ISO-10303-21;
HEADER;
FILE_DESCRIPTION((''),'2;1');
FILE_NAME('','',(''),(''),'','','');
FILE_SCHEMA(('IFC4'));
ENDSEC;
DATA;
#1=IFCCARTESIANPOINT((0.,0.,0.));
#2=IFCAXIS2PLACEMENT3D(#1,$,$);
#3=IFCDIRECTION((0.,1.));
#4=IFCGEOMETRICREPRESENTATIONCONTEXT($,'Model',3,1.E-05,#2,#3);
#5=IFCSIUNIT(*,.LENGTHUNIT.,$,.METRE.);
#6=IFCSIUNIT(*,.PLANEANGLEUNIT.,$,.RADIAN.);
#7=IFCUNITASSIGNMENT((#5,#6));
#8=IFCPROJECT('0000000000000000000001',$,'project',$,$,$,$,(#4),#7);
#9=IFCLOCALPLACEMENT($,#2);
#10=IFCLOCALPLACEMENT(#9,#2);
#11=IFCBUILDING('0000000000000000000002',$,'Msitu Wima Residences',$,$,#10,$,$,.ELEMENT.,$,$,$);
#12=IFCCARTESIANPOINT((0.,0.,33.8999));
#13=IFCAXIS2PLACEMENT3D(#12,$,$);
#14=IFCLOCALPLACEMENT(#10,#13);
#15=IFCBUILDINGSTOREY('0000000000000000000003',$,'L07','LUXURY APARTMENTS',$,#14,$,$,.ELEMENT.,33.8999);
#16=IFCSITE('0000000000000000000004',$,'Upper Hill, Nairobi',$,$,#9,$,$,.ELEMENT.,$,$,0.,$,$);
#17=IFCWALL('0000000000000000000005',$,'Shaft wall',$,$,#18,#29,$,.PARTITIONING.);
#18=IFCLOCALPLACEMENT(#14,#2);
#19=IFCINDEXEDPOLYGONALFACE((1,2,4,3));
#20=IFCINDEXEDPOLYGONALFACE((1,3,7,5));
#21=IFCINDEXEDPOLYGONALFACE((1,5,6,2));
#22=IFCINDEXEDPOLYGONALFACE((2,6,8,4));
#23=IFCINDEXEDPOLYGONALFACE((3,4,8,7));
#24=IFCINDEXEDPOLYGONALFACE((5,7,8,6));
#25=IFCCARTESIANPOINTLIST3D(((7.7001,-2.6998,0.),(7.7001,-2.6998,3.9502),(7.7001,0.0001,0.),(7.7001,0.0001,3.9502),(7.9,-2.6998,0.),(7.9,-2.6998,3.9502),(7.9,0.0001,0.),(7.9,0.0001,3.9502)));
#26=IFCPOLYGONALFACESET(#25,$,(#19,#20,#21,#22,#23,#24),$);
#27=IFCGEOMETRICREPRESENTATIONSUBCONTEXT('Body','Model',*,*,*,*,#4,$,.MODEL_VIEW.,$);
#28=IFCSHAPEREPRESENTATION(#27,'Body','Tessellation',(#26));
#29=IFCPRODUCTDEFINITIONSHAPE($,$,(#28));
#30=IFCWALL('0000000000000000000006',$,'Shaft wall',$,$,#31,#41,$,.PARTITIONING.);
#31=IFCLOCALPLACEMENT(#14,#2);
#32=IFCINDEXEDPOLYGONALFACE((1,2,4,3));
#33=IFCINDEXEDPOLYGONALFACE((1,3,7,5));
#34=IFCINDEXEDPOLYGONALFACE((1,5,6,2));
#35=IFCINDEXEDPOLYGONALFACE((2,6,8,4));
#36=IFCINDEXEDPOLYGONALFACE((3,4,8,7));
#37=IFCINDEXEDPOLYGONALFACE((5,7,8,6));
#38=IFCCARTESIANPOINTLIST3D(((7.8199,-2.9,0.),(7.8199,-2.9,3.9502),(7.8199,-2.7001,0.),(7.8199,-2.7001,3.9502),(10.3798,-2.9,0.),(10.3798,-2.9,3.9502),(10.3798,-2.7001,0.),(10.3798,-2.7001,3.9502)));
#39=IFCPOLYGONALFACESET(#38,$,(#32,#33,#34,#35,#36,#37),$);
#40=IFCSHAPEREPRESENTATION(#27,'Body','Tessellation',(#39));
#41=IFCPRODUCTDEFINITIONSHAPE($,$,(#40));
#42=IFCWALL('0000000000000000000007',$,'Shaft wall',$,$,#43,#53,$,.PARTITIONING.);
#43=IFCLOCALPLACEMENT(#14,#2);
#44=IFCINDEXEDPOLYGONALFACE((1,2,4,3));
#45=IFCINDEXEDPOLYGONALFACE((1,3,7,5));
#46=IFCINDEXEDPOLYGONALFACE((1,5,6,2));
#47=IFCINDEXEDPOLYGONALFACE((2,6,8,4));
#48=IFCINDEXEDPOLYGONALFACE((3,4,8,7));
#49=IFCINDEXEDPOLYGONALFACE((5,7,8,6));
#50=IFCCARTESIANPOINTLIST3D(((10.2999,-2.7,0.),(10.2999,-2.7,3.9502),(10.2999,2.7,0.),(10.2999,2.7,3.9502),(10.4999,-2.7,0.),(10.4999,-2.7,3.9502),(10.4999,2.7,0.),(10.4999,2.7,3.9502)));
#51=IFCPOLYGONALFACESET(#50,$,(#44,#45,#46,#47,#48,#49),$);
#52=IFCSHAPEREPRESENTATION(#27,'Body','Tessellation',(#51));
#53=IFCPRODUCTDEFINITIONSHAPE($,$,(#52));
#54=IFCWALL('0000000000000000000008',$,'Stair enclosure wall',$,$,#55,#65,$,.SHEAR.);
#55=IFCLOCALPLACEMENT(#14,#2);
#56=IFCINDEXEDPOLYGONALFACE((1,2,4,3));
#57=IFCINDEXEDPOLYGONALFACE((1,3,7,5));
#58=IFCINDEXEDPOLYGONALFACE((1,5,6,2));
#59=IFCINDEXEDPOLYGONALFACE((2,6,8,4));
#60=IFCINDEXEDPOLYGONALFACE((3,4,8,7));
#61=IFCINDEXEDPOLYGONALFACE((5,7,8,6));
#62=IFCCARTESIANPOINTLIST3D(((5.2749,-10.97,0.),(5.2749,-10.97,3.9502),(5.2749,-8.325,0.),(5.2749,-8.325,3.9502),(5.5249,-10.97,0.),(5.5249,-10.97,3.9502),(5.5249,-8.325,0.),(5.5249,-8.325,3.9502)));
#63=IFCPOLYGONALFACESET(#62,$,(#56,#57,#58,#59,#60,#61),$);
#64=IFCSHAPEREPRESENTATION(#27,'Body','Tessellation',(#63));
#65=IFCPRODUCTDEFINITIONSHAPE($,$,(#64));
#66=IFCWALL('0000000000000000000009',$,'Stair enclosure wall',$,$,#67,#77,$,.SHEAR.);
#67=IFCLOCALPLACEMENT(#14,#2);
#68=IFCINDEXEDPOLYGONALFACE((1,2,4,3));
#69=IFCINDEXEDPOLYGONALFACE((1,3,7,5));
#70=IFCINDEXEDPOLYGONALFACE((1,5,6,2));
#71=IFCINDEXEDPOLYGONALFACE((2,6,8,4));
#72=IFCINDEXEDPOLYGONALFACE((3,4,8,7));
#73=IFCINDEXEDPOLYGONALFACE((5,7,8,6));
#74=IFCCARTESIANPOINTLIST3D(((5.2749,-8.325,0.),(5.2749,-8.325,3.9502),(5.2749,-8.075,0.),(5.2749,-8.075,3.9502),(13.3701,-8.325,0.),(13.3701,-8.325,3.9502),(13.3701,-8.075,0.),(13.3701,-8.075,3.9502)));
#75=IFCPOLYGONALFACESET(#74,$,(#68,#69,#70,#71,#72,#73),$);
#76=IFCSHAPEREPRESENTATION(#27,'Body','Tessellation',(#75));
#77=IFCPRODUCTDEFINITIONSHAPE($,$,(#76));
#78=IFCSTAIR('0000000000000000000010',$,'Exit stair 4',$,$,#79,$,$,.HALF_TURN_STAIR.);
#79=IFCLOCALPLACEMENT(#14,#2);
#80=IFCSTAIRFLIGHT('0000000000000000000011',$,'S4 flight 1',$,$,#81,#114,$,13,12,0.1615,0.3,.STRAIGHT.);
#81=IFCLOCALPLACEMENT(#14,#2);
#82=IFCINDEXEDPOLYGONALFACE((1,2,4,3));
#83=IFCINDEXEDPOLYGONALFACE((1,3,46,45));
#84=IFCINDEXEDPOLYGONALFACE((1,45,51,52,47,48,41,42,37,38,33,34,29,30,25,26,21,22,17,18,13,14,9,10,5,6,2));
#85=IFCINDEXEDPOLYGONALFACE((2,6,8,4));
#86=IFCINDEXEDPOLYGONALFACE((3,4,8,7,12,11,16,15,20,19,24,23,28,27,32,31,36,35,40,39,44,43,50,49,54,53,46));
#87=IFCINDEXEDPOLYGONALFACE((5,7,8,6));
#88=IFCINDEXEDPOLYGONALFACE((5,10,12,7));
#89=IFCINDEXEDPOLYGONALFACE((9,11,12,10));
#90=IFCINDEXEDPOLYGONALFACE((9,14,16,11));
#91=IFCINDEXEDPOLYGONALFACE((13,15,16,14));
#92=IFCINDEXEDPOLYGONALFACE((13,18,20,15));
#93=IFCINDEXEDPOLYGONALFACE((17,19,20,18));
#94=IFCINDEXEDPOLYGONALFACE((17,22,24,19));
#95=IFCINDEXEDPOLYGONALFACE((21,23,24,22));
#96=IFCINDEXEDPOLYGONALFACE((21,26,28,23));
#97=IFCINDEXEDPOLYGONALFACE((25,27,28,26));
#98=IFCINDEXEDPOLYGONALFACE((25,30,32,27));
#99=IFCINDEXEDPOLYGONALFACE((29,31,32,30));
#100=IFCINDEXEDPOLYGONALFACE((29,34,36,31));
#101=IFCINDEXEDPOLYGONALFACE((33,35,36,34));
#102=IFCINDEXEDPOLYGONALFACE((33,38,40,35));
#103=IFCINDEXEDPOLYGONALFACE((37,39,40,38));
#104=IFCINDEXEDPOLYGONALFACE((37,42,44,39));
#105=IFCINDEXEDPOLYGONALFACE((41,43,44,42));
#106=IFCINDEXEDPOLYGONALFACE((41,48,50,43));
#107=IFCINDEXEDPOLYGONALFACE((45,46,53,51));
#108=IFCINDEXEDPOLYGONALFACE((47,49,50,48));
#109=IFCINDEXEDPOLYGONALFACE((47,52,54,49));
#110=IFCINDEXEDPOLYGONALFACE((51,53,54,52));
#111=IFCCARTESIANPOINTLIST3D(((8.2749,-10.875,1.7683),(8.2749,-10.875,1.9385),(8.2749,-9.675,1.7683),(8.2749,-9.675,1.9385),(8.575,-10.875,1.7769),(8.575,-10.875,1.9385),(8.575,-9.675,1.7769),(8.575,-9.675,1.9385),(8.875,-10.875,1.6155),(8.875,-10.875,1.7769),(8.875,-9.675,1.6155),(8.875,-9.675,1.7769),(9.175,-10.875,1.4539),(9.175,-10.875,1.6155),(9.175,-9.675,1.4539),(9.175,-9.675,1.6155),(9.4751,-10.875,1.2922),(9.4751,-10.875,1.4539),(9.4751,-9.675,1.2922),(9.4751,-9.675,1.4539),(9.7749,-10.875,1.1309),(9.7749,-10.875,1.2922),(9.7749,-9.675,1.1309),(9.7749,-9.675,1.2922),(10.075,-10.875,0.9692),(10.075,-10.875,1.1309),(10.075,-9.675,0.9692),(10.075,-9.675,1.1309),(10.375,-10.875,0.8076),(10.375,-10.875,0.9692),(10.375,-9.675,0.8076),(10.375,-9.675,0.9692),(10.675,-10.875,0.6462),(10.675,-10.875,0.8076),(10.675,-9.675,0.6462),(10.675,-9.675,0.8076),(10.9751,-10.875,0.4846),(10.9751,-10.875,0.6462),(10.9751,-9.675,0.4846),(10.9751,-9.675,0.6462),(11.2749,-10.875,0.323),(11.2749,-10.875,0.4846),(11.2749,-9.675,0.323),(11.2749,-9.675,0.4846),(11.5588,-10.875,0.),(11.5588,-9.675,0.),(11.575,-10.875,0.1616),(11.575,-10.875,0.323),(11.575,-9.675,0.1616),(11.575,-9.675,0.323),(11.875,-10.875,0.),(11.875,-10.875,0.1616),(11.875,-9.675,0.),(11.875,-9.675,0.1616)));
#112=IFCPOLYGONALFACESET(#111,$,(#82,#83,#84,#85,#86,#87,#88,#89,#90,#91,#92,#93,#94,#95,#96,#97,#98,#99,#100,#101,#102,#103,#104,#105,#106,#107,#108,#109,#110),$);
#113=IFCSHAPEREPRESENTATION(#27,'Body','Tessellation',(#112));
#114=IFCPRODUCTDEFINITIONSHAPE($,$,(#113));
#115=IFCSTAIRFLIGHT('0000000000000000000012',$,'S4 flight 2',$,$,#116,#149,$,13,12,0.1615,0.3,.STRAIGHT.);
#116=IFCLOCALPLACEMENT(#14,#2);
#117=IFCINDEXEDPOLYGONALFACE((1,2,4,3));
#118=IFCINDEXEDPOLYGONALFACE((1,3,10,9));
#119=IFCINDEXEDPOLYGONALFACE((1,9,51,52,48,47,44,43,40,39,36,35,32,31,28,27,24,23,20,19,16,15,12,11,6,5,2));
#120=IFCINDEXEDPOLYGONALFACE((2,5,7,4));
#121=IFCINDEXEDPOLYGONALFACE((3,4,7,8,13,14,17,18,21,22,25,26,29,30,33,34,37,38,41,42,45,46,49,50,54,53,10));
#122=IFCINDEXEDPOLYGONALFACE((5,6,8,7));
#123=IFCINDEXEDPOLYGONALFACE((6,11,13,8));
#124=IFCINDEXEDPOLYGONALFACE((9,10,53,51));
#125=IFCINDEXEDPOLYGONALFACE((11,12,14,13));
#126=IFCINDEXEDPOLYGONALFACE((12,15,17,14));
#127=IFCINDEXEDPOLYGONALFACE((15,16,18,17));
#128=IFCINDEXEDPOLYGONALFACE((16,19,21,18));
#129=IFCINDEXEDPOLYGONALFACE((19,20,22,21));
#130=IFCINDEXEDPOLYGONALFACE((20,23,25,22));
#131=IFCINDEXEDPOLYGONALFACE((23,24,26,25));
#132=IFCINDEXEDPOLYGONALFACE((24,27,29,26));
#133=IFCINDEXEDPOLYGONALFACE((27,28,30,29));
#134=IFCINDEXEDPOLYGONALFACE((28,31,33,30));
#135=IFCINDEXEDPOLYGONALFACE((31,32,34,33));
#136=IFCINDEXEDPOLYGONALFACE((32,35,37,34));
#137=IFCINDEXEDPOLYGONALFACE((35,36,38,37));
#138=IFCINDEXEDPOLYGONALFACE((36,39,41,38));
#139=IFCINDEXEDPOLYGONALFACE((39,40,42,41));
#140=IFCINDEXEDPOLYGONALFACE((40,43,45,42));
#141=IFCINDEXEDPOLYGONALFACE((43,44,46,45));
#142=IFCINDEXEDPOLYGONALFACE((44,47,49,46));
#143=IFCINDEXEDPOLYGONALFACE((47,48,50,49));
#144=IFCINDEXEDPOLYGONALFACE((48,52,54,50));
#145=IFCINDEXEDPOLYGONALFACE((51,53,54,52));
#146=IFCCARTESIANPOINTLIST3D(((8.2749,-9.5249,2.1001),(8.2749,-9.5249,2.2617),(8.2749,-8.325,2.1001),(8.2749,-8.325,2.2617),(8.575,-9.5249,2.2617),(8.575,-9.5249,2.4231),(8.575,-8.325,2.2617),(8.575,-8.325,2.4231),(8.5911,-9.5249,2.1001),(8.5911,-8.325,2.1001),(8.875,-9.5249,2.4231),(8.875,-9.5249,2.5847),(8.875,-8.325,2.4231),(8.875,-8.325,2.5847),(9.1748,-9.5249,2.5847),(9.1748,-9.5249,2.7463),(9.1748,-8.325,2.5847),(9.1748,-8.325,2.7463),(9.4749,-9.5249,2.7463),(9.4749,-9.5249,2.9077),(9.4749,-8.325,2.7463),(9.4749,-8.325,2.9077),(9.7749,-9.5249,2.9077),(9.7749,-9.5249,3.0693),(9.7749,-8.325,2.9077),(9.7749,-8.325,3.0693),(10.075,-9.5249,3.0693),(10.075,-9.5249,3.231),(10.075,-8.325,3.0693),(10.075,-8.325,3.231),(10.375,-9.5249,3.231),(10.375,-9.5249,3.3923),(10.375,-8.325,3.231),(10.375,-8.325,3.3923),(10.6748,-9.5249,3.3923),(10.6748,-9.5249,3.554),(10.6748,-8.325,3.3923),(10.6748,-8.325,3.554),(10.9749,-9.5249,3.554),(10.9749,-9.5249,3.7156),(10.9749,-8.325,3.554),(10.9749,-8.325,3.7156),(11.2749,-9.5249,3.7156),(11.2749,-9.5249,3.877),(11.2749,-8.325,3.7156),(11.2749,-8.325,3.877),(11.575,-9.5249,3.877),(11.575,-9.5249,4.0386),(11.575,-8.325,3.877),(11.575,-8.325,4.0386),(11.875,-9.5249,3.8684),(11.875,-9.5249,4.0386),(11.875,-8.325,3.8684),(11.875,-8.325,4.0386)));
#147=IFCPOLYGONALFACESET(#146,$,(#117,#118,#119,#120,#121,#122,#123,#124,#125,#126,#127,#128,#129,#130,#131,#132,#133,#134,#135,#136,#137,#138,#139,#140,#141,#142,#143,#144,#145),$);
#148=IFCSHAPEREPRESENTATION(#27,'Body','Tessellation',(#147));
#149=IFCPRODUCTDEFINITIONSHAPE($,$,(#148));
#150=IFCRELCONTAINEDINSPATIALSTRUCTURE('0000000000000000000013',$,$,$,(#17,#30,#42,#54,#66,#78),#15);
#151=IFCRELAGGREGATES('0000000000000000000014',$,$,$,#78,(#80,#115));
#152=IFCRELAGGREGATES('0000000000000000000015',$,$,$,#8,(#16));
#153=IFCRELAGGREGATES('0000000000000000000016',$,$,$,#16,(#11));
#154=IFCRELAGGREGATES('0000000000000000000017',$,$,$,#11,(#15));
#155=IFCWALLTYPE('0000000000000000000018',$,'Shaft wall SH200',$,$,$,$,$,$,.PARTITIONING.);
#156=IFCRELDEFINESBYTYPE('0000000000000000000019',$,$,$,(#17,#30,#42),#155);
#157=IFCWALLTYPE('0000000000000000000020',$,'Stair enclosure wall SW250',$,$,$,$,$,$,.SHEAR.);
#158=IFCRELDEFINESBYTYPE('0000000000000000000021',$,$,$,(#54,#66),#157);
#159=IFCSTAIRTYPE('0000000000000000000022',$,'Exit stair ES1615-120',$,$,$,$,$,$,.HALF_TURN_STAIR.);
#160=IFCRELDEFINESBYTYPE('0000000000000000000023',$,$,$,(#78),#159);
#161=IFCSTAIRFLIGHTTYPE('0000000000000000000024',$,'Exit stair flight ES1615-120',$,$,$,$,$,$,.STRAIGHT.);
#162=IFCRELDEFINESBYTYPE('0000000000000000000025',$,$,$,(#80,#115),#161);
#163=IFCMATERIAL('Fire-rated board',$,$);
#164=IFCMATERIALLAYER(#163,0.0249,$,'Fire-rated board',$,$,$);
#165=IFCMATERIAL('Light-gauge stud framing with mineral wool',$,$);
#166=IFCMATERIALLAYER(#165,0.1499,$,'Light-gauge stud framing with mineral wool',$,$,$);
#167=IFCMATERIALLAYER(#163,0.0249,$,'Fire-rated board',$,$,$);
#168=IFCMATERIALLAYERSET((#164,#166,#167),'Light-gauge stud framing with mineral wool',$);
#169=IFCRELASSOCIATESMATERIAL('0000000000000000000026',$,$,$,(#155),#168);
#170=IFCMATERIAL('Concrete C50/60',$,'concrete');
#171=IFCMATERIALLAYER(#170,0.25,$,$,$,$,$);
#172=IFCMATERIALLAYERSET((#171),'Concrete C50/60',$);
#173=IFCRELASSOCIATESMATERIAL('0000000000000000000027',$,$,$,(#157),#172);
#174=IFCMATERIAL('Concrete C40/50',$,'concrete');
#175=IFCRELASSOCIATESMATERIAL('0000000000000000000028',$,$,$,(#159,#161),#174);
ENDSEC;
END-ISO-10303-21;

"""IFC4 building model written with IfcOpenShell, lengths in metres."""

from ifc_helpers import new_model, si_unit, direction, frame, frame_2d, origin, place, context, subcontext, project, spatial, polyline, rectangle, outline, extrude, material, layer, layer_set, type_object, element, aggregate, save


model = new_model("IFC4")

# Units and contexts
model_context = context("Model", 3, precision=1e-05, world=origin(), true_north=direction((0.0, 1.0)))
body_context = subcontext(model_context, "Body", "Model", "MODEL_VIEW")
ifc_project = project(units=[si_unit("LENGTHUNIT", "METRE"), si_unit("PLANEANGLEUNIT", "RADIAN")], contexts=[model_context])

# Site, building, storey
site_placement = place(None, origin())
site = spatial("IfcSite", under=ifc_project, at=site_placement, Name="Upper Hill, Nairobi", CompositionType="ELEMENT", RefElevation=0.0)
building_placement = place(site_placement, origin())
building = spatial("IfcBuilding", under=site, at=building_placement, Name="Msitu Wima Residences", CompositionType="ELEMENT")
storey_placement = place(building_placement, frame((0.0, 0.0, 33.8999)))
storey = spatial("IfcBuildingStorey", under=building, at=storey_placement, Name="L07", Description="LUXURY APARTMENTS", CompositionType="ELEMENT", Elevation=33.8999)

# Shared definitions
ifc_material_1 = material(Name="Concrete C40/50", Category="concrete")

# Walls
ifc_material_2 = material(Name="Fire-rated board")
ifc_layer_1 = layer(ifc_material_2, 0.0249, Name="Fire-rated board")
ifc_material_3 = material(Name="Light-gauge stud framing with mineral wool")
ifc_layer_2 = layer(ifc_material_3, 0.1499, Name="Light-gauge stud framing with mineral wool")
ifc_layer_3 = layer(ifc_material_2, 0.0249, Name="Fire-rated board")
ifc_layer_set_1 = layer_set([ifc_layer_1, ifc_layer_2, ifc_layer_3], Name="Light-gauge stud framing with mineral wool")
wall_type_1 = type_object("IfcWallType", Name="Shaft wall SH200", PredefinedType="PARTITIONING", material=ifc_layer_set_1)
wall_1_placement = place(storey_placement, frame((7.8, -2.7, 0.0), z_axis=(0.0, 0.0, 1.0), x_axis=(0.0, 1.0, 0.0)))
element("IfcWall", 1, at=wall_1_placement, inside=storey, type_object=wall_type_1, Name="Shaft wall", PredefinedType="PARTITIONING", context=body_context, shape_type="SweptSolid", body=[
    extrude(rectangle(XDim=2.7, YDim=0.2, at=frame_2d((1.3501, 0.0))), origin(), (0.0, 0.0, 1.0), 3.9502),
])
wall_2_placement = place(storey_placement, frame((7.8201, -2.8, 0.0), z_axis=(0.0, 0.0, 1.0), x_axis=(1.0, 0.0, 0.0)))
element("IfcWall", 2, at=wall_2_placement, inside=storey, type_object=wall_type_1, Name="Shaft wall", PredefinedType="PARTITIONING", context=body_context, shape_type="SweptSolid", body=[
    extrude(rectangle(XDim=2.5598, YDim=0.2, at=frame_2d((1.2798, 0.0))), origin(), (0.0, 0.0, 1.0), 3.9502),
])
wall_3_placement = place(storey_placement, frame((10.3999, -2.7, 0.0), z_axis=(0.0, 0.0, 1.0), x_axis=(0.0, 1.0, 0.0)))
element("IfcWall", 3, at=wall_3_placement, inside=storey, type_object=wall_type_1, Name="Shaft wall", PredefinedType="PARTITIONING", context=body_context, shape_type="SweptSolid", body=[
    extrude(rectangle(XDim=5.3999, YDim=0.2, at=frame_2d((2.7, 0.0))), origin(), (0.0, 0.0, 1.0), 3.9502),
])
ifc_material_4 = material(Name="Concrete C50/60", Category="concrete")
ifc_layer_4 = layer(ifc_material_4, 0.25)
ifc_layer_set_2 = layer_set([ifc_layer_4], Name="Concrete C50/60")
wall_type_2 = type_object("IfcWallType", Name="Stair enclosure wall SW250", PredefinedType="SHEAR", material=ifc_layer_set_2)
wall_4_placement = place(storey_placement, frame((5.3999, -10.97, 0.0), z_axis=(0.0, 0.0, 1.0), x_axis=(0.0, 1.0, 0.0)))
element("IfcWall", 4, at=wall_4_placement, inside=storey, type_object=wall_type_2, Name="Stair enclosure wall", PredefinedType="SHEAR", context=body_context, shape_type="SweptSolid", body=[
    extrude(rectangle(XDim=2.645, YDim=0.25, at=frame_2d((1.3225, 0.0))), origin(), (0.0, 0.0, 1.0), 3.9502),
])
wall_5_placement = place(storey_placement, frame((5.2749, -8.2, 0.0), z_axis=(0.0, 0.0, 1.0), x_axis=(1.0, 0.0, 0.0)))
element("IfcWall", 5, at=wall_5_placement, inside=storey, type_object=wall_type_2, Name="Stair enclosure wall", PredefinedType="SHEAR", context=body_context, shape_type="SweptSolid", body=[
    extrude(rectangle(XDim=8.0952, YDim=0.25, at=frame_2d((4.0476, 0.0))), origin(), (0.0, 0.0, 1.0), 3.9502),
])

# Stair, stair flights
stair_type = type_object("IfcStairType", Name="Exit stair ES1615-120", PredefinedType="HALF_TURN_STAIR", material=ifc_material_1)
stair_placement = place(storey_placement, origin())
stair = element("IfcStair", 6, at=stair_placement, inside=storey, type_object=stair_type, Name="Exit stair 4", PredefinedType="HALF_TURN_STAIR")
stair_flight_type = type_object("IfcStairFlightType", Name="Exit stair flight ES1615-120", PredefinedType="STRAIGHT", material=ifc_material_1)
stair_flight_1_placement = place(storey_placement, frame((11.875, -10.2749, 0.0), z_axis=(0.0, 0.0, 1.0), x_axis=(-1.0, 0.0, 0.0)))
stair_flight_1 = element("IfcStairFlight", 7, at=stair_flight_1_placement, type_object=stair_flight_type, Name="S4 flight 1", NumberOfRisers=13, NumberOfTreads=12, PredefinedType="STRAIGHT", RiserHeight=0.1615, TreadLength=0.3, context=body_context, shape_type="SweptSolid", body=[
    extrude(outline(polyline([(0.0, 0.0), (0.0, 0.1616), (0.3, 0.1616), (0.3, 0.323), (0.6001, 0.323), (0.6001, 0.4846), (0.8999, 0.4846), (0.8999, 0.6462), (1.2, 0.6462), (1.2, 0.8076), (1.5, 0.8076), (1.5, 0.9692), (1.8, 0.9692), (1.8, 1.1309), (2.1001, 1.1309), (2.1001, 1.2922), (2.3999, 1.2922), (2.3999, 1.4539), (2.7, 1.4539), (2.7, 1.6155), (3.0, 1.6155), (3.0, 1.7769), (3.3, 1.7769), (3.3, 1.9385), (3.6001, 1.9385), (3.6001, 2.1001), (3.6001, 1.7683), (0.3162, 0.0), (0.0, 0.0)])), frame((0.0, 0.6001, 0.0), z_axis=(0.0, -1.0, 0.0), x_axis=(1.0, 0.0, 0.0)), (0.0, 0.0, 1.0), 1.2),
])
stair_flight_2_placement = place(storey_placement, frame((8.2749, -8.925, 2.1001), z_axis=(0.0, 0.0, 1.0), x_axis=(1.0, 0.0, 0.0)))
stair_flight_2 = element("IfcStairFlight", 8, at=stair_flight_2_placement, type_object=stair_flight_type, Name="S4 flight 2", NumberOfRisers=13, NumberOfTreads=12, PredefinedType="STRAIGHT", RiserHeight=0.1615, TreadLength=0.3, context=body_context, shape_type="SweptSolid", body=[
    extrude(outline(polyline([(0.0, 0.0), (0.0, 0.1616), (0.3, 0.1616), (0.3, 0.323), (0.6001, 0.323), (0.6001, 0.4846), (0.8999, 0.4846), (0.8999, 0.6462), (1.2, 0.6462), (1.2, 0.8076), (1.5, 0.8076), (1.5, 0.9692), (1.8, 0.9692), (1.8, 1.1309), (2.1001, 1.1309), (2.1001, 1.2922), (2.3999, 1.2922), (2.3999, 1.4539), (2.7, 1.4539), (2.7, 1.6155), (3.0, 1.6155), (3.0, 1.7769), (3.3, 1.7769), (3.3, 1.9385), (3.6001, 1.9385), (3.6001, 2.1001), (3.6001, 1.7683), (0.3162, 0.0), (0.0, 0.0)])), frame((0.0, 0.6001, 0.0), z_axis=(0.0, -1.0, 0.0), x_axis=(1.0, 0.0, 0.0)), (0.0, 0.0, 1.0), 1.2),
])
aggregate(stair, [stair_flight_1, stair_flight_2])

save(model, "model.ifc")
